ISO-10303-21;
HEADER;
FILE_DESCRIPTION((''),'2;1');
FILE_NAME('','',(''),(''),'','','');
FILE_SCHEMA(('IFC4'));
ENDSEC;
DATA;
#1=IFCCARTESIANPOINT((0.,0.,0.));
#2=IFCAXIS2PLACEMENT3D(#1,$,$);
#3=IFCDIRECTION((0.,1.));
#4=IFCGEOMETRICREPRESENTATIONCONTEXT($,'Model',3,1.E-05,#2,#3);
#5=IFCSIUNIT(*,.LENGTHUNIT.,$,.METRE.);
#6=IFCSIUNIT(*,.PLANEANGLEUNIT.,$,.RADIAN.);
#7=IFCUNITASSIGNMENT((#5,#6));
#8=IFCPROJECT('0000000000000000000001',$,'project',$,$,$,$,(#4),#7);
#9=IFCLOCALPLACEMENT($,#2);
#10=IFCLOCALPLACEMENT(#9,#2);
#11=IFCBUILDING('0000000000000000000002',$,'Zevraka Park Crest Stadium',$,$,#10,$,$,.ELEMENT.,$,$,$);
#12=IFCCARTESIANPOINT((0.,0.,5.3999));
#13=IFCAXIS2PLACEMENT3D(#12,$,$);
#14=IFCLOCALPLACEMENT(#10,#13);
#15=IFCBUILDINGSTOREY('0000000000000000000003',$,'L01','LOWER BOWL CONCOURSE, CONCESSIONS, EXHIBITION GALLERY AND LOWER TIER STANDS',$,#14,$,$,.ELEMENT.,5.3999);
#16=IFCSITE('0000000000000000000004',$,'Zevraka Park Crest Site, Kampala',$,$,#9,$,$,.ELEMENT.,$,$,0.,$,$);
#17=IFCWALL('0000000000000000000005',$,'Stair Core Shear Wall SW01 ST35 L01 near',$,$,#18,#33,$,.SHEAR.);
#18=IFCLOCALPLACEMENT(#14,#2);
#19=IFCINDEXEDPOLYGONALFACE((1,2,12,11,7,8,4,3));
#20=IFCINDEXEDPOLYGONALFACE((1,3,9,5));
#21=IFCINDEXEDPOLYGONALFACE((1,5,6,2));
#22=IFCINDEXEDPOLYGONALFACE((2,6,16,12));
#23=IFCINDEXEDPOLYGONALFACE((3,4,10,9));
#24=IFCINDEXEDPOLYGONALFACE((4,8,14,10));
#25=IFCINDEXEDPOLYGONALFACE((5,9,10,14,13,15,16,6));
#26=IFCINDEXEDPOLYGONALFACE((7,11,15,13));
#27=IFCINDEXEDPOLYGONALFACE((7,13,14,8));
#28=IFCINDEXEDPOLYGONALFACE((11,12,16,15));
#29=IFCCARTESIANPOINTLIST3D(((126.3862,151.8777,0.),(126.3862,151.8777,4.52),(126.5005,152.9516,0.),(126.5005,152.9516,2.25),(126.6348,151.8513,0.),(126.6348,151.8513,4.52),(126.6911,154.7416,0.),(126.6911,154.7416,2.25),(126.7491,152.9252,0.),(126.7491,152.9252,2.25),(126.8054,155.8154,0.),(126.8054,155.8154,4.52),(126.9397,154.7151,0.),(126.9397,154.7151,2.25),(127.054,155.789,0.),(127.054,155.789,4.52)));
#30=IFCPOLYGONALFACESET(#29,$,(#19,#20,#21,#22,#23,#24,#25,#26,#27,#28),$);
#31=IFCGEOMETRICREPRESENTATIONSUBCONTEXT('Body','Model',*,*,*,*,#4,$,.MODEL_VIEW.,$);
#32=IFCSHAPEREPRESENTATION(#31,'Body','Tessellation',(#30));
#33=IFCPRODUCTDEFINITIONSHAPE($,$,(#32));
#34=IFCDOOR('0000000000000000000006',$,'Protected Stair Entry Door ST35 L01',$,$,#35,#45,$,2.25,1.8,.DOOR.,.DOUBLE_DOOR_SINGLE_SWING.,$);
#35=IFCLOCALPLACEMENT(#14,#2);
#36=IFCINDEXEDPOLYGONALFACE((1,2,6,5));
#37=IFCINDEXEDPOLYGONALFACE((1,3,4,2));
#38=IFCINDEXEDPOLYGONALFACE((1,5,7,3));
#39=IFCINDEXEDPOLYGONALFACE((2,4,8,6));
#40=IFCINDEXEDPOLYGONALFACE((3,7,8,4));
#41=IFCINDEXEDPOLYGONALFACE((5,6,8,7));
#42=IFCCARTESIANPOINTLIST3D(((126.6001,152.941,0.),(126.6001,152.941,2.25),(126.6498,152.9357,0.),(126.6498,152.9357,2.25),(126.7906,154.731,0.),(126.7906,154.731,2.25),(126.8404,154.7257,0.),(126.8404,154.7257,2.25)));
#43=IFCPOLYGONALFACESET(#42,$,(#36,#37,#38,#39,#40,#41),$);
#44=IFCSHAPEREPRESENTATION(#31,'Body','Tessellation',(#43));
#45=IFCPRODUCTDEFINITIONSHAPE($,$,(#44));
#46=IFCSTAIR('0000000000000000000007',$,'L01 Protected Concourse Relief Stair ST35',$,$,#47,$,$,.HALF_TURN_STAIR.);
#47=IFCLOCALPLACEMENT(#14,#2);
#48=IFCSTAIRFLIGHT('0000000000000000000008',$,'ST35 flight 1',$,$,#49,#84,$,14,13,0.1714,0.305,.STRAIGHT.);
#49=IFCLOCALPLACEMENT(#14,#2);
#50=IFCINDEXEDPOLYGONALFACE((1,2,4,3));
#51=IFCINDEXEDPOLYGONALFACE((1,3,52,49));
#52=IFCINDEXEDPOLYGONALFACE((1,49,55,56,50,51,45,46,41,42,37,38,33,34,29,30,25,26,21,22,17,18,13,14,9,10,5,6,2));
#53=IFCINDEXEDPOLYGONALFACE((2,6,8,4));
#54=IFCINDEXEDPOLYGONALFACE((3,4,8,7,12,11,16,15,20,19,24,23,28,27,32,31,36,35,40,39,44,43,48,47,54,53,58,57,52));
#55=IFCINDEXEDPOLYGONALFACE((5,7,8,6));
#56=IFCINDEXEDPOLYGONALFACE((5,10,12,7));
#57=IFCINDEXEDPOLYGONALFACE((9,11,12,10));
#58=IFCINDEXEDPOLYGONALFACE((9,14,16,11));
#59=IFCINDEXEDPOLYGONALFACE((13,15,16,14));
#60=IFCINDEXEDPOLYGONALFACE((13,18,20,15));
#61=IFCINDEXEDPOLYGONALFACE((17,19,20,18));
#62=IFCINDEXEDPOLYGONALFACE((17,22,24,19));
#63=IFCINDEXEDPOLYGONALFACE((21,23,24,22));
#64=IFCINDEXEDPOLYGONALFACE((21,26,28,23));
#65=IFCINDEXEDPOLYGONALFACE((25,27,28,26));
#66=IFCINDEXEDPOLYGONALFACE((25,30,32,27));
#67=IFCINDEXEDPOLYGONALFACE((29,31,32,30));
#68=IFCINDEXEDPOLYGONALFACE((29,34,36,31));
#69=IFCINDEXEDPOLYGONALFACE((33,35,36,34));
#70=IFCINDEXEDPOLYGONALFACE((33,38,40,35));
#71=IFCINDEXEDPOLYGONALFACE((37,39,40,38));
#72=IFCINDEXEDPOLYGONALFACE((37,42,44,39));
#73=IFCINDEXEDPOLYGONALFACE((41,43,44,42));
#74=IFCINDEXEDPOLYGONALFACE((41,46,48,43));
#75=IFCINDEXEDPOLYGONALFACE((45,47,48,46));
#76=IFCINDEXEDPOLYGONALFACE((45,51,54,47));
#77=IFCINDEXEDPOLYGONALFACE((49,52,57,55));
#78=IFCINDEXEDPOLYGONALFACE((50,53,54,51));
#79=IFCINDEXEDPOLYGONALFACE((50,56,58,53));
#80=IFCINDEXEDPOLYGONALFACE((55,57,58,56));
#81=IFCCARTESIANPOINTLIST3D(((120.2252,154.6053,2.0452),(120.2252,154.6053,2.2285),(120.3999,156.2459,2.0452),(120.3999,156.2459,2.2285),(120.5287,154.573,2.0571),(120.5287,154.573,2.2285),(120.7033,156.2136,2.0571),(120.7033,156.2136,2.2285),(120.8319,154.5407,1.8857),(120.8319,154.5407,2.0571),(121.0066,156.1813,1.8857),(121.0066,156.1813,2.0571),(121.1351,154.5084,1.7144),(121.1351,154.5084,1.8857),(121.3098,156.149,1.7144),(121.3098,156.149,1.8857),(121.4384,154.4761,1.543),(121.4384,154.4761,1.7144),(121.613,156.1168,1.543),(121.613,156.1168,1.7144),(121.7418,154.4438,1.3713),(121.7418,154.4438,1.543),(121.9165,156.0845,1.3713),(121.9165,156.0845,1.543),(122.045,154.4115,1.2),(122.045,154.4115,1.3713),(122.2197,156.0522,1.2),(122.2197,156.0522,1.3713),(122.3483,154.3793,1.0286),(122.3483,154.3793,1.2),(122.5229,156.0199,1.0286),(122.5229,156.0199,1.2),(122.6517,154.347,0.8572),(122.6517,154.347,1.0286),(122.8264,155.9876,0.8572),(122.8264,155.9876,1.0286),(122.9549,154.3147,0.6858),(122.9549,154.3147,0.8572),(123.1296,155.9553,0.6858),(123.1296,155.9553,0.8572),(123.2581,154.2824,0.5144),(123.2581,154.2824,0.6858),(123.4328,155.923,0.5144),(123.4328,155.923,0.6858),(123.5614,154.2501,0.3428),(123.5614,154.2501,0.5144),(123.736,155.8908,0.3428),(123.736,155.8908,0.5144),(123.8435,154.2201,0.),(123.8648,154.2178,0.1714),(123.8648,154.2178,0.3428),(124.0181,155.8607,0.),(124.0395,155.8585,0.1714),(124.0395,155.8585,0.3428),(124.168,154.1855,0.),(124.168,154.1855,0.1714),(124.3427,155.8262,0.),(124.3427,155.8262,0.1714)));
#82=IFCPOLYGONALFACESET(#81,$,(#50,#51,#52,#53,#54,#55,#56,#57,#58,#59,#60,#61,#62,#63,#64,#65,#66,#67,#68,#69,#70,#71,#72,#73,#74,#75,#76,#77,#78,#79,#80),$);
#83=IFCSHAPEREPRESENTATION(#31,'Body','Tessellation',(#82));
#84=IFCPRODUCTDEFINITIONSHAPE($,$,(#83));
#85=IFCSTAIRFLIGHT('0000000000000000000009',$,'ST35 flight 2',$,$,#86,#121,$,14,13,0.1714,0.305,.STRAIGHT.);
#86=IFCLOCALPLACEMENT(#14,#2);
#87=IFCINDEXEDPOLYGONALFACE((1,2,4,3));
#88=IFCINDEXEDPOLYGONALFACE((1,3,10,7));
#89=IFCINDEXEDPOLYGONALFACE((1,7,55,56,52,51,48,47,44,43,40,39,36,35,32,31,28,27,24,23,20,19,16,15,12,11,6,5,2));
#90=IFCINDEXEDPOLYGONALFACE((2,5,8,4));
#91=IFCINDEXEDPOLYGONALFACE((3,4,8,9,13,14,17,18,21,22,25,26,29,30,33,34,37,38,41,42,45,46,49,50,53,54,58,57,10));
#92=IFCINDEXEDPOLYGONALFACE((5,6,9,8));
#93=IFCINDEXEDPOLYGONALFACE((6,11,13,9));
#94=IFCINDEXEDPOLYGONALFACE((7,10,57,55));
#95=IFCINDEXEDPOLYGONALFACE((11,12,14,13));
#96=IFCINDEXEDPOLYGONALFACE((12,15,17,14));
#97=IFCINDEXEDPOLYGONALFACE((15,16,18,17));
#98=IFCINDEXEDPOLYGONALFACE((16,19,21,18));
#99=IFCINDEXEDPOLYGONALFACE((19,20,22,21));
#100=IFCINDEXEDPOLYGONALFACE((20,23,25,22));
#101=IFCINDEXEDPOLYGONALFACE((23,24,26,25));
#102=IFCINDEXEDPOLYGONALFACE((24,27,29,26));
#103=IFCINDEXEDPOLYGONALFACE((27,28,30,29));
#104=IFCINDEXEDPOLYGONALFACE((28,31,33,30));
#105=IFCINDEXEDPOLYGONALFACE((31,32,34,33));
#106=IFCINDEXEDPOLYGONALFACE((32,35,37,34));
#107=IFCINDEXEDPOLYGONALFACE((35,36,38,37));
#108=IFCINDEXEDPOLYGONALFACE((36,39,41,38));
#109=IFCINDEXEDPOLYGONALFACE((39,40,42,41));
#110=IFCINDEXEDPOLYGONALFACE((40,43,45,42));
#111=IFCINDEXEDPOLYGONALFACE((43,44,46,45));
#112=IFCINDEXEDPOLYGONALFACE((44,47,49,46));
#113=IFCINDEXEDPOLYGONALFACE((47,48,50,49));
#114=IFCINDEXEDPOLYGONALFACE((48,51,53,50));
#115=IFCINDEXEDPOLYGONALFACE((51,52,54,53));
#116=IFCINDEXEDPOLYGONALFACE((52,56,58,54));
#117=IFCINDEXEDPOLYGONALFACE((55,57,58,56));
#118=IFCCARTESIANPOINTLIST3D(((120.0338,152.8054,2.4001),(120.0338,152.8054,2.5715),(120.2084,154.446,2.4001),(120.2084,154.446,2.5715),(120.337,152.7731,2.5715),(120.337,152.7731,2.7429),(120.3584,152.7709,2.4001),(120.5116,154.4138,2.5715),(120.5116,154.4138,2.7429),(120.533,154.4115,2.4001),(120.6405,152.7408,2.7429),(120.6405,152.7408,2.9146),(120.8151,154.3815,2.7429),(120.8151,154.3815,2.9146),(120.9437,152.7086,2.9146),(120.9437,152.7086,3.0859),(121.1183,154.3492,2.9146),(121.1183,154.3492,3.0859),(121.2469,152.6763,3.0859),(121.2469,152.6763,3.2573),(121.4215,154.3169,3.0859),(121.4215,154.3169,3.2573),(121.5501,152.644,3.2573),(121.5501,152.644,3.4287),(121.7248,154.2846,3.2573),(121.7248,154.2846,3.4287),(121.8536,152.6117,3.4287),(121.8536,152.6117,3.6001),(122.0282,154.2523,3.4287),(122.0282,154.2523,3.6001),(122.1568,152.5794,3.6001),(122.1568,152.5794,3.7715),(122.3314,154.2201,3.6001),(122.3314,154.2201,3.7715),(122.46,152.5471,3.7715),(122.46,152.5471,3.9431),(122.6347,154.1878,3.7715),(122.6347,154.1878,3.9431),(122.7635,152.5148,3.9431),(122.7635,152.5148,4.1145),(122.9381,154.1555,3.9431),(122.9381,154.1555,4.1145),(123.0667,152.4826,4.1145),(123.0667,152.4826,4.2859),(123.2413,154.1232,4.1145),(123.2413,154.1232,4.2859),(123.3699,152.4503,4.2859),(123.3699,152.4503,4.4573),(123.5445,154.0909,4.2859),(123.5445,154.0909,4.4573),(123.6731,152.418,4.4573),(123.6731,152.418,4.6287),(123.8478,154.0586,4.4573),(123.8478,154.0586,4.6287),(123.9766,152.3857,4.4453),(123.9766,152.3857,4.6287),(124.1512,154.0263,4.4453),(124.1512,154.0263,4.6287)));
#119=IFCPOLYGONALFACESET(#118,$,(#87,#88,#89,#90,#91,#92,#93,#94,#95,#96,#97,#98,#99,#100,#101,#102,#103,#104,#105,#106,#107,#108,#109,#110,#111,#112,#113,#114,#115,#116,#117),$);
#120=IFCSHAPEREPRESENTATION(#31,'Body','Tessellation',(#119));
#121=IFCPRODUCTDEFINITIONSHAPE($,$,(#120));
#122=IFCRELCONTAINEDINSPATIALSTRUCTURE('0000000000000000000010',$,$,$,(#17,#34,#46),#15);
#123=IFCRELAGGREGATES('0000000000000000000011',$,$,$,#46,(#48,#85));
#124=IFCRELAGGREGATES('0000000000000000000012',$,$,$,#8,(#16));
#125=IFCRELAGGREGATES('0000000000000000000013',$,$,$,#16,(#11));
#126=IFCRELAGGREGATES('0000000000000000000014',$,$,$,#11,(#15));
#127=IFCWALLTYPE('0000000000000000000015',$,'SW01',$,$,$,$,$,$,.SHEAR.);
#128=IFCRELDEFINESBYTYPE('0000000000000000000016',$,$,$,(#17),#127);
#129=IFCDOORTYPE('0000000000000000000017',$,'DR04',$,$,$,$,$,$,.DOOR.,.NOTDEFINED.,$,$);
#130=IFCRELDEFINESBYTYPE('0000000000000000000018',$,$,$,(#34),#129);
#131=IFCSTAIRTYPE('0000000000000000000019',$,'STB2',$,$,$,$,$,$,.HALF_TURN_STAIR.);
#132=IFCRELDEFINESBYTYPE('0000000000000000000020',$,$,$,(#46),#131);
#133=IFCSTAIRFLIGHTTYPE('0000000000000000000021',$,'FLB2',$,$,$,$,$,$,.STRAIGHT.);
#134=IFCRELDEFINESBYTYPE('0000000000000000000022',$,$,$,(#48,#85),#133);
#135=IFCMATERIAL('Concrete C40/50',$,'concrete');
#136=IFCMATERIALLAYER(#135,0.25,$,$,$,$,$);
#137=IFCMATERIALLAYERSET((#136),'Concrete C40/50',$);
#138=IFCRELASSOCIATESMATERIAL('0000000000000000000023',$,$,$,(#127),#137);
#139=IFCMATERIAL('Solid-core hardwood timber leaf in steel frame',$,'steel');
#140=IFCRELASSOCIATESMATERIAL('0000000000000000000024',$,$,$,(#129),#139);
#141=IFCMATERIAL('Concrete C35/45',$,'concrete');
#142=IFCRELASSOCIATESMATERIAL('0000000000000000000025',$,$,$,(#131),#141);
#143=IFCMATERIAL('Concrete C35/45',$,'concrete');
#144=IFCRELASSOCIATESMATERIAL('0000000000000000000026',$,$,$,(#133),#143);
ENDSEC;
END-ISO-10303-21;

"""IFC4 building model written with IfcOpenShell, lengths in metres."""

from ifc_helpers import new_model, si_unit, direction, frame, frame_2d, origin, place, context, subcontext, project, spatial, polyline, rectangle, outline, extrude, material, layer, layer_set, type_object, element, fill, aggregate, save


model = new_model("IFC4")

# Units and contexts
model_context = context("Model", 3, precision=1e-05, world=origin(), true_north=direction((0.0, 1.0)))
body_context = subcontext(model_context, "Body", "Model", "MODEL_VIEW")
ifc_project = project(units=[si_unit("LENGTHUNIT", "METRE"), si_unit("PLANEANGLEUNIT", "RADIAN")], contexts=[model_context])

# Site, building, storey
site_placement = place(None, origin())
site = spatial("IfcSite", under=ifc_project, at=site_placement, Name="Zevraka Park Crest Site, Kampala", CompositionType="ELEMENT", RefElevation=0.0)
building_placement = place(site_placement, origin())
building = spatial("IfcBuilding", under=site, at=building_placement, Name="Zevraka Park Crest Stadium", CompositionType="ELEMENT")
storey_placement = place(building_placement, frame((0.0, 0.0, 5.3999)))
storey = spatial("IfcBuildingStorey", under=building, at=storey_placement, Name="L01", Description="LOWER BOWL CONCOURSE, CONCESSIONS, EXHIBITION GALLERY AND LOWER TIER STANDS", CompositionType="ELEMENT", Elevation=5.3999)

# Shared definitions
ifc_material_1 = material(Name="Concrete C40/50", Category="concrete")
ifc_layer_1 = layer(ifc_material_1, 0.25)
ifc_layer_set_1 = layer_set([ifc_layer_1], Name="Concrete C40/50")
wall_type = type_object("IfcWallType", Name="SW01", PredefinedType="SHEAR", material=ifc_layer_set_1)

# Wall, opening, door
wall_1_placement = place(storey_placement, frame((126.5105, 151.8645, 0.0), z_axis=(0.0, 0.0, 1.0), x_axis=(0.105856, 0.994381, 0.0)))
wall_1 = element("IfcWall", 1, at=wall_1_placement, inside=storey, type_object=wall_type, Name="Stair Core Shear Wall SW01 ST35 L01 near", PredefinedType="SHEAR", context=body_context, shape_type="SweptSolid", body=[
    extrude(rectangle(XDim=3.96, YDim=0.25, at=frame_2d((1.98, 0.0))), origin(), (0.0, 0.0, 1.0), 4.52),
])
opening_placement = place(wall_1_placement, frame((1.0801, 0.0, 0.0)))
opening = element("IfcOpeningElement", 2, at=opening_placement, cuts=wall_1, PredefinedType="OPENING", context=body_context, shape_type="SweptSolid", body=[
    extrude(rectangle(XDim=1.8, YDim=2.25, at=frame_2d((0.8999, 1.125))), frame((0.0, 0.135, 0.0), z_axis=(0.0, -1.0, 0.0), x_axis=(1.0, 0.0, 0.0)), (0.0, 0.0, 1.0), 0.27),
])
ifc_material_2 = material(Name="Solid-core hardwood timber leaf in steel frame", Category="steel")
door_type = type_object("IfcDoorType", Name="DR04", OperationType="NOTDEFINED", PredefinedType="DOOR", material=ifc_material_2)
door_placement = place(opening_placement, origin())
door = element("IfcDoor", 3, at=door_placement, inside=storey, type_object=door_type, Name="Protected Stair Entry Door ST35 L01", OperationType="DOUBLE_DOOR_SINGLE_SWING", OverallHeight=2.25, OverallWidth=1.8, PredefinedType="DOOR", context=body_context, shape_type="SweptSolid", body=[
    extrude(rectangle(XDim=1.8, YDim=2.25, at=frame_2d((0.8999, 1.125))), frame((0.0, 0.0249, 0.0), z_axis=(0.0, -1.0, 0.0), x_axis=(1.0, 0.0, 0.0)), (0.0, 0.0, 1.0), 0.05),
])
fill(opening, door)

# Stair, stair flights
ifc_material_3 = material(Name="Concrete C35/45", Category="concrete")
stair_type = type_object("IfcStairType", Name="STB2", PredefinedType="HALF_TURN_STAIR", material=ifc_material_3)
stair_placement = place(storey_placement, origin())
stair = element("IfcStair", 4, at=stair_placement, inside=storey, type_object=stair_type, Name="L01 Protected Concourse Relief Stair ST35", PredefinedType="HALF_TURN_STAIR")
ifc_material_4 = material(Name="Concrete C35/45", Category="concrete")
stair_flight_type = type_object("IfcStairFlightType", Name="FLB2", PredefinedType="STRAIGHT", material=ifc_material_4)
stair_flight_1_placement = place(storey_placement, frame((124.2554, 155.0059, 0.0), z_axis=(0.0, 0.0, 1.0), x_axis=(-0.994382, 0.105853, 0.0)))
stair_flight_1 = element("IfcStairFlight", 5, at=stair_flight_1_placement, type_object=stair_flight_type, Name="ST35 flight 1", NumberOfRisers=14, NumberOfTreads=13, PredefinedType="STRAIGHT", RiserHeight=0.1714, TreadLength=0.305, context=body_context, shape_type="SweptSolid", body=[
    extrude(outline(polyline([(0.0, 0.0), (0.0, 0.1714), (0.3049, 0.1714), (0.3049, 0.3428), (0.6101, 0.3428), (0.6101, 0.5144), (0.915, 0.5144), (0.915, 0.6858), (1.22, 0.6858), (1.22, 0.8572), (1.5249, 0.8572), (1.5249, 1.0286), (1.8301, 1.0286), (1.8301, 1.2), (2.135, 1.2), (2.135, 1.3713), (2.4399, 1.3713), (2.4399, 1.543), (2.7451, 1.543), (2.7451, 1.7144), (3.05, 1.7144), (3.05, 1.8857), (3.355, 1.8857), (3.355, 2.0571), (3.6599, 2.0571), (3.6599, 2.2285), (3.9651, 2.2285), (3.9651, 2.3999), (3.9651, 2.0452), (0.3264, 0.0), (0.0, 0.0)])), frame((0.0, 0.825, 0.0), z_axis=(0.0, -1.0, 0.0), x_axis=(1.0, 0.0, 0.0)), (0.0, 0.0, 1.0), 1.6499),
])
stair_flight_2_placement = place(storey_placement, frame((120.1211, 153.6257, 2.4001), z_axis=(0.0, 0.0, 1.0), x_axis=(0.994382, -0.105853, 0.0)))
stair_flight_2 = element("IfcStairFlight", 6, at=stair_flight_2_placement, type_object=stair_flight_type, Name="ST35 flight 2", NumberOfRisers=14, NumberOfTreads=13, PredefinedType="STRAIGHT", RiserHeight=0.1714, TreadLength=0.305, context=body_context, shape_type="SweptSolid", body=[
    extrude(outline(polyline([(0.0, 0.0), (0.0, 0.1714), (0.3049, 0.1714), (0.3049, 0.3428), (0.6101, 0.3428), (0.6101, 0.5144), (0.915, 0.5144), (0.915, 0.6858), (1.22, 0.6858), (1.22, 0.8572), (1.5249, 0.8572), (1.5249, 1.0286), (1.8301, 1.0286), (1.8301, 1.2), (2.135, 1.2), (2.135, 1.3713), (2.4399, 1.3713), (2.4399, 1.543), (2.7451, 1.543), (2.7451, 1.7144), (3.05, 1.7144), (3.05, 1.8857), (3.355, 1.8857), (3.355, 2.0571), (3.6599, 2.0571), (3.6599, 2.2285), (3.9651, 2.2285), (3.9651, 2.3999), (3.9651, 2.0452), (0.3264, 0.0), (0.0, 0.0)])), frame((0.0, 0.825, 0.0), z_axis=(0.0, -1.0, 0.0), x_axis=(1.0, 0.0, 0.0)), (0.0, 0.0, 1.0), 1.6499),
])
aggregate(stair, [stair_flight_1, stair_flight_2])

save(model, "model.ifc")
